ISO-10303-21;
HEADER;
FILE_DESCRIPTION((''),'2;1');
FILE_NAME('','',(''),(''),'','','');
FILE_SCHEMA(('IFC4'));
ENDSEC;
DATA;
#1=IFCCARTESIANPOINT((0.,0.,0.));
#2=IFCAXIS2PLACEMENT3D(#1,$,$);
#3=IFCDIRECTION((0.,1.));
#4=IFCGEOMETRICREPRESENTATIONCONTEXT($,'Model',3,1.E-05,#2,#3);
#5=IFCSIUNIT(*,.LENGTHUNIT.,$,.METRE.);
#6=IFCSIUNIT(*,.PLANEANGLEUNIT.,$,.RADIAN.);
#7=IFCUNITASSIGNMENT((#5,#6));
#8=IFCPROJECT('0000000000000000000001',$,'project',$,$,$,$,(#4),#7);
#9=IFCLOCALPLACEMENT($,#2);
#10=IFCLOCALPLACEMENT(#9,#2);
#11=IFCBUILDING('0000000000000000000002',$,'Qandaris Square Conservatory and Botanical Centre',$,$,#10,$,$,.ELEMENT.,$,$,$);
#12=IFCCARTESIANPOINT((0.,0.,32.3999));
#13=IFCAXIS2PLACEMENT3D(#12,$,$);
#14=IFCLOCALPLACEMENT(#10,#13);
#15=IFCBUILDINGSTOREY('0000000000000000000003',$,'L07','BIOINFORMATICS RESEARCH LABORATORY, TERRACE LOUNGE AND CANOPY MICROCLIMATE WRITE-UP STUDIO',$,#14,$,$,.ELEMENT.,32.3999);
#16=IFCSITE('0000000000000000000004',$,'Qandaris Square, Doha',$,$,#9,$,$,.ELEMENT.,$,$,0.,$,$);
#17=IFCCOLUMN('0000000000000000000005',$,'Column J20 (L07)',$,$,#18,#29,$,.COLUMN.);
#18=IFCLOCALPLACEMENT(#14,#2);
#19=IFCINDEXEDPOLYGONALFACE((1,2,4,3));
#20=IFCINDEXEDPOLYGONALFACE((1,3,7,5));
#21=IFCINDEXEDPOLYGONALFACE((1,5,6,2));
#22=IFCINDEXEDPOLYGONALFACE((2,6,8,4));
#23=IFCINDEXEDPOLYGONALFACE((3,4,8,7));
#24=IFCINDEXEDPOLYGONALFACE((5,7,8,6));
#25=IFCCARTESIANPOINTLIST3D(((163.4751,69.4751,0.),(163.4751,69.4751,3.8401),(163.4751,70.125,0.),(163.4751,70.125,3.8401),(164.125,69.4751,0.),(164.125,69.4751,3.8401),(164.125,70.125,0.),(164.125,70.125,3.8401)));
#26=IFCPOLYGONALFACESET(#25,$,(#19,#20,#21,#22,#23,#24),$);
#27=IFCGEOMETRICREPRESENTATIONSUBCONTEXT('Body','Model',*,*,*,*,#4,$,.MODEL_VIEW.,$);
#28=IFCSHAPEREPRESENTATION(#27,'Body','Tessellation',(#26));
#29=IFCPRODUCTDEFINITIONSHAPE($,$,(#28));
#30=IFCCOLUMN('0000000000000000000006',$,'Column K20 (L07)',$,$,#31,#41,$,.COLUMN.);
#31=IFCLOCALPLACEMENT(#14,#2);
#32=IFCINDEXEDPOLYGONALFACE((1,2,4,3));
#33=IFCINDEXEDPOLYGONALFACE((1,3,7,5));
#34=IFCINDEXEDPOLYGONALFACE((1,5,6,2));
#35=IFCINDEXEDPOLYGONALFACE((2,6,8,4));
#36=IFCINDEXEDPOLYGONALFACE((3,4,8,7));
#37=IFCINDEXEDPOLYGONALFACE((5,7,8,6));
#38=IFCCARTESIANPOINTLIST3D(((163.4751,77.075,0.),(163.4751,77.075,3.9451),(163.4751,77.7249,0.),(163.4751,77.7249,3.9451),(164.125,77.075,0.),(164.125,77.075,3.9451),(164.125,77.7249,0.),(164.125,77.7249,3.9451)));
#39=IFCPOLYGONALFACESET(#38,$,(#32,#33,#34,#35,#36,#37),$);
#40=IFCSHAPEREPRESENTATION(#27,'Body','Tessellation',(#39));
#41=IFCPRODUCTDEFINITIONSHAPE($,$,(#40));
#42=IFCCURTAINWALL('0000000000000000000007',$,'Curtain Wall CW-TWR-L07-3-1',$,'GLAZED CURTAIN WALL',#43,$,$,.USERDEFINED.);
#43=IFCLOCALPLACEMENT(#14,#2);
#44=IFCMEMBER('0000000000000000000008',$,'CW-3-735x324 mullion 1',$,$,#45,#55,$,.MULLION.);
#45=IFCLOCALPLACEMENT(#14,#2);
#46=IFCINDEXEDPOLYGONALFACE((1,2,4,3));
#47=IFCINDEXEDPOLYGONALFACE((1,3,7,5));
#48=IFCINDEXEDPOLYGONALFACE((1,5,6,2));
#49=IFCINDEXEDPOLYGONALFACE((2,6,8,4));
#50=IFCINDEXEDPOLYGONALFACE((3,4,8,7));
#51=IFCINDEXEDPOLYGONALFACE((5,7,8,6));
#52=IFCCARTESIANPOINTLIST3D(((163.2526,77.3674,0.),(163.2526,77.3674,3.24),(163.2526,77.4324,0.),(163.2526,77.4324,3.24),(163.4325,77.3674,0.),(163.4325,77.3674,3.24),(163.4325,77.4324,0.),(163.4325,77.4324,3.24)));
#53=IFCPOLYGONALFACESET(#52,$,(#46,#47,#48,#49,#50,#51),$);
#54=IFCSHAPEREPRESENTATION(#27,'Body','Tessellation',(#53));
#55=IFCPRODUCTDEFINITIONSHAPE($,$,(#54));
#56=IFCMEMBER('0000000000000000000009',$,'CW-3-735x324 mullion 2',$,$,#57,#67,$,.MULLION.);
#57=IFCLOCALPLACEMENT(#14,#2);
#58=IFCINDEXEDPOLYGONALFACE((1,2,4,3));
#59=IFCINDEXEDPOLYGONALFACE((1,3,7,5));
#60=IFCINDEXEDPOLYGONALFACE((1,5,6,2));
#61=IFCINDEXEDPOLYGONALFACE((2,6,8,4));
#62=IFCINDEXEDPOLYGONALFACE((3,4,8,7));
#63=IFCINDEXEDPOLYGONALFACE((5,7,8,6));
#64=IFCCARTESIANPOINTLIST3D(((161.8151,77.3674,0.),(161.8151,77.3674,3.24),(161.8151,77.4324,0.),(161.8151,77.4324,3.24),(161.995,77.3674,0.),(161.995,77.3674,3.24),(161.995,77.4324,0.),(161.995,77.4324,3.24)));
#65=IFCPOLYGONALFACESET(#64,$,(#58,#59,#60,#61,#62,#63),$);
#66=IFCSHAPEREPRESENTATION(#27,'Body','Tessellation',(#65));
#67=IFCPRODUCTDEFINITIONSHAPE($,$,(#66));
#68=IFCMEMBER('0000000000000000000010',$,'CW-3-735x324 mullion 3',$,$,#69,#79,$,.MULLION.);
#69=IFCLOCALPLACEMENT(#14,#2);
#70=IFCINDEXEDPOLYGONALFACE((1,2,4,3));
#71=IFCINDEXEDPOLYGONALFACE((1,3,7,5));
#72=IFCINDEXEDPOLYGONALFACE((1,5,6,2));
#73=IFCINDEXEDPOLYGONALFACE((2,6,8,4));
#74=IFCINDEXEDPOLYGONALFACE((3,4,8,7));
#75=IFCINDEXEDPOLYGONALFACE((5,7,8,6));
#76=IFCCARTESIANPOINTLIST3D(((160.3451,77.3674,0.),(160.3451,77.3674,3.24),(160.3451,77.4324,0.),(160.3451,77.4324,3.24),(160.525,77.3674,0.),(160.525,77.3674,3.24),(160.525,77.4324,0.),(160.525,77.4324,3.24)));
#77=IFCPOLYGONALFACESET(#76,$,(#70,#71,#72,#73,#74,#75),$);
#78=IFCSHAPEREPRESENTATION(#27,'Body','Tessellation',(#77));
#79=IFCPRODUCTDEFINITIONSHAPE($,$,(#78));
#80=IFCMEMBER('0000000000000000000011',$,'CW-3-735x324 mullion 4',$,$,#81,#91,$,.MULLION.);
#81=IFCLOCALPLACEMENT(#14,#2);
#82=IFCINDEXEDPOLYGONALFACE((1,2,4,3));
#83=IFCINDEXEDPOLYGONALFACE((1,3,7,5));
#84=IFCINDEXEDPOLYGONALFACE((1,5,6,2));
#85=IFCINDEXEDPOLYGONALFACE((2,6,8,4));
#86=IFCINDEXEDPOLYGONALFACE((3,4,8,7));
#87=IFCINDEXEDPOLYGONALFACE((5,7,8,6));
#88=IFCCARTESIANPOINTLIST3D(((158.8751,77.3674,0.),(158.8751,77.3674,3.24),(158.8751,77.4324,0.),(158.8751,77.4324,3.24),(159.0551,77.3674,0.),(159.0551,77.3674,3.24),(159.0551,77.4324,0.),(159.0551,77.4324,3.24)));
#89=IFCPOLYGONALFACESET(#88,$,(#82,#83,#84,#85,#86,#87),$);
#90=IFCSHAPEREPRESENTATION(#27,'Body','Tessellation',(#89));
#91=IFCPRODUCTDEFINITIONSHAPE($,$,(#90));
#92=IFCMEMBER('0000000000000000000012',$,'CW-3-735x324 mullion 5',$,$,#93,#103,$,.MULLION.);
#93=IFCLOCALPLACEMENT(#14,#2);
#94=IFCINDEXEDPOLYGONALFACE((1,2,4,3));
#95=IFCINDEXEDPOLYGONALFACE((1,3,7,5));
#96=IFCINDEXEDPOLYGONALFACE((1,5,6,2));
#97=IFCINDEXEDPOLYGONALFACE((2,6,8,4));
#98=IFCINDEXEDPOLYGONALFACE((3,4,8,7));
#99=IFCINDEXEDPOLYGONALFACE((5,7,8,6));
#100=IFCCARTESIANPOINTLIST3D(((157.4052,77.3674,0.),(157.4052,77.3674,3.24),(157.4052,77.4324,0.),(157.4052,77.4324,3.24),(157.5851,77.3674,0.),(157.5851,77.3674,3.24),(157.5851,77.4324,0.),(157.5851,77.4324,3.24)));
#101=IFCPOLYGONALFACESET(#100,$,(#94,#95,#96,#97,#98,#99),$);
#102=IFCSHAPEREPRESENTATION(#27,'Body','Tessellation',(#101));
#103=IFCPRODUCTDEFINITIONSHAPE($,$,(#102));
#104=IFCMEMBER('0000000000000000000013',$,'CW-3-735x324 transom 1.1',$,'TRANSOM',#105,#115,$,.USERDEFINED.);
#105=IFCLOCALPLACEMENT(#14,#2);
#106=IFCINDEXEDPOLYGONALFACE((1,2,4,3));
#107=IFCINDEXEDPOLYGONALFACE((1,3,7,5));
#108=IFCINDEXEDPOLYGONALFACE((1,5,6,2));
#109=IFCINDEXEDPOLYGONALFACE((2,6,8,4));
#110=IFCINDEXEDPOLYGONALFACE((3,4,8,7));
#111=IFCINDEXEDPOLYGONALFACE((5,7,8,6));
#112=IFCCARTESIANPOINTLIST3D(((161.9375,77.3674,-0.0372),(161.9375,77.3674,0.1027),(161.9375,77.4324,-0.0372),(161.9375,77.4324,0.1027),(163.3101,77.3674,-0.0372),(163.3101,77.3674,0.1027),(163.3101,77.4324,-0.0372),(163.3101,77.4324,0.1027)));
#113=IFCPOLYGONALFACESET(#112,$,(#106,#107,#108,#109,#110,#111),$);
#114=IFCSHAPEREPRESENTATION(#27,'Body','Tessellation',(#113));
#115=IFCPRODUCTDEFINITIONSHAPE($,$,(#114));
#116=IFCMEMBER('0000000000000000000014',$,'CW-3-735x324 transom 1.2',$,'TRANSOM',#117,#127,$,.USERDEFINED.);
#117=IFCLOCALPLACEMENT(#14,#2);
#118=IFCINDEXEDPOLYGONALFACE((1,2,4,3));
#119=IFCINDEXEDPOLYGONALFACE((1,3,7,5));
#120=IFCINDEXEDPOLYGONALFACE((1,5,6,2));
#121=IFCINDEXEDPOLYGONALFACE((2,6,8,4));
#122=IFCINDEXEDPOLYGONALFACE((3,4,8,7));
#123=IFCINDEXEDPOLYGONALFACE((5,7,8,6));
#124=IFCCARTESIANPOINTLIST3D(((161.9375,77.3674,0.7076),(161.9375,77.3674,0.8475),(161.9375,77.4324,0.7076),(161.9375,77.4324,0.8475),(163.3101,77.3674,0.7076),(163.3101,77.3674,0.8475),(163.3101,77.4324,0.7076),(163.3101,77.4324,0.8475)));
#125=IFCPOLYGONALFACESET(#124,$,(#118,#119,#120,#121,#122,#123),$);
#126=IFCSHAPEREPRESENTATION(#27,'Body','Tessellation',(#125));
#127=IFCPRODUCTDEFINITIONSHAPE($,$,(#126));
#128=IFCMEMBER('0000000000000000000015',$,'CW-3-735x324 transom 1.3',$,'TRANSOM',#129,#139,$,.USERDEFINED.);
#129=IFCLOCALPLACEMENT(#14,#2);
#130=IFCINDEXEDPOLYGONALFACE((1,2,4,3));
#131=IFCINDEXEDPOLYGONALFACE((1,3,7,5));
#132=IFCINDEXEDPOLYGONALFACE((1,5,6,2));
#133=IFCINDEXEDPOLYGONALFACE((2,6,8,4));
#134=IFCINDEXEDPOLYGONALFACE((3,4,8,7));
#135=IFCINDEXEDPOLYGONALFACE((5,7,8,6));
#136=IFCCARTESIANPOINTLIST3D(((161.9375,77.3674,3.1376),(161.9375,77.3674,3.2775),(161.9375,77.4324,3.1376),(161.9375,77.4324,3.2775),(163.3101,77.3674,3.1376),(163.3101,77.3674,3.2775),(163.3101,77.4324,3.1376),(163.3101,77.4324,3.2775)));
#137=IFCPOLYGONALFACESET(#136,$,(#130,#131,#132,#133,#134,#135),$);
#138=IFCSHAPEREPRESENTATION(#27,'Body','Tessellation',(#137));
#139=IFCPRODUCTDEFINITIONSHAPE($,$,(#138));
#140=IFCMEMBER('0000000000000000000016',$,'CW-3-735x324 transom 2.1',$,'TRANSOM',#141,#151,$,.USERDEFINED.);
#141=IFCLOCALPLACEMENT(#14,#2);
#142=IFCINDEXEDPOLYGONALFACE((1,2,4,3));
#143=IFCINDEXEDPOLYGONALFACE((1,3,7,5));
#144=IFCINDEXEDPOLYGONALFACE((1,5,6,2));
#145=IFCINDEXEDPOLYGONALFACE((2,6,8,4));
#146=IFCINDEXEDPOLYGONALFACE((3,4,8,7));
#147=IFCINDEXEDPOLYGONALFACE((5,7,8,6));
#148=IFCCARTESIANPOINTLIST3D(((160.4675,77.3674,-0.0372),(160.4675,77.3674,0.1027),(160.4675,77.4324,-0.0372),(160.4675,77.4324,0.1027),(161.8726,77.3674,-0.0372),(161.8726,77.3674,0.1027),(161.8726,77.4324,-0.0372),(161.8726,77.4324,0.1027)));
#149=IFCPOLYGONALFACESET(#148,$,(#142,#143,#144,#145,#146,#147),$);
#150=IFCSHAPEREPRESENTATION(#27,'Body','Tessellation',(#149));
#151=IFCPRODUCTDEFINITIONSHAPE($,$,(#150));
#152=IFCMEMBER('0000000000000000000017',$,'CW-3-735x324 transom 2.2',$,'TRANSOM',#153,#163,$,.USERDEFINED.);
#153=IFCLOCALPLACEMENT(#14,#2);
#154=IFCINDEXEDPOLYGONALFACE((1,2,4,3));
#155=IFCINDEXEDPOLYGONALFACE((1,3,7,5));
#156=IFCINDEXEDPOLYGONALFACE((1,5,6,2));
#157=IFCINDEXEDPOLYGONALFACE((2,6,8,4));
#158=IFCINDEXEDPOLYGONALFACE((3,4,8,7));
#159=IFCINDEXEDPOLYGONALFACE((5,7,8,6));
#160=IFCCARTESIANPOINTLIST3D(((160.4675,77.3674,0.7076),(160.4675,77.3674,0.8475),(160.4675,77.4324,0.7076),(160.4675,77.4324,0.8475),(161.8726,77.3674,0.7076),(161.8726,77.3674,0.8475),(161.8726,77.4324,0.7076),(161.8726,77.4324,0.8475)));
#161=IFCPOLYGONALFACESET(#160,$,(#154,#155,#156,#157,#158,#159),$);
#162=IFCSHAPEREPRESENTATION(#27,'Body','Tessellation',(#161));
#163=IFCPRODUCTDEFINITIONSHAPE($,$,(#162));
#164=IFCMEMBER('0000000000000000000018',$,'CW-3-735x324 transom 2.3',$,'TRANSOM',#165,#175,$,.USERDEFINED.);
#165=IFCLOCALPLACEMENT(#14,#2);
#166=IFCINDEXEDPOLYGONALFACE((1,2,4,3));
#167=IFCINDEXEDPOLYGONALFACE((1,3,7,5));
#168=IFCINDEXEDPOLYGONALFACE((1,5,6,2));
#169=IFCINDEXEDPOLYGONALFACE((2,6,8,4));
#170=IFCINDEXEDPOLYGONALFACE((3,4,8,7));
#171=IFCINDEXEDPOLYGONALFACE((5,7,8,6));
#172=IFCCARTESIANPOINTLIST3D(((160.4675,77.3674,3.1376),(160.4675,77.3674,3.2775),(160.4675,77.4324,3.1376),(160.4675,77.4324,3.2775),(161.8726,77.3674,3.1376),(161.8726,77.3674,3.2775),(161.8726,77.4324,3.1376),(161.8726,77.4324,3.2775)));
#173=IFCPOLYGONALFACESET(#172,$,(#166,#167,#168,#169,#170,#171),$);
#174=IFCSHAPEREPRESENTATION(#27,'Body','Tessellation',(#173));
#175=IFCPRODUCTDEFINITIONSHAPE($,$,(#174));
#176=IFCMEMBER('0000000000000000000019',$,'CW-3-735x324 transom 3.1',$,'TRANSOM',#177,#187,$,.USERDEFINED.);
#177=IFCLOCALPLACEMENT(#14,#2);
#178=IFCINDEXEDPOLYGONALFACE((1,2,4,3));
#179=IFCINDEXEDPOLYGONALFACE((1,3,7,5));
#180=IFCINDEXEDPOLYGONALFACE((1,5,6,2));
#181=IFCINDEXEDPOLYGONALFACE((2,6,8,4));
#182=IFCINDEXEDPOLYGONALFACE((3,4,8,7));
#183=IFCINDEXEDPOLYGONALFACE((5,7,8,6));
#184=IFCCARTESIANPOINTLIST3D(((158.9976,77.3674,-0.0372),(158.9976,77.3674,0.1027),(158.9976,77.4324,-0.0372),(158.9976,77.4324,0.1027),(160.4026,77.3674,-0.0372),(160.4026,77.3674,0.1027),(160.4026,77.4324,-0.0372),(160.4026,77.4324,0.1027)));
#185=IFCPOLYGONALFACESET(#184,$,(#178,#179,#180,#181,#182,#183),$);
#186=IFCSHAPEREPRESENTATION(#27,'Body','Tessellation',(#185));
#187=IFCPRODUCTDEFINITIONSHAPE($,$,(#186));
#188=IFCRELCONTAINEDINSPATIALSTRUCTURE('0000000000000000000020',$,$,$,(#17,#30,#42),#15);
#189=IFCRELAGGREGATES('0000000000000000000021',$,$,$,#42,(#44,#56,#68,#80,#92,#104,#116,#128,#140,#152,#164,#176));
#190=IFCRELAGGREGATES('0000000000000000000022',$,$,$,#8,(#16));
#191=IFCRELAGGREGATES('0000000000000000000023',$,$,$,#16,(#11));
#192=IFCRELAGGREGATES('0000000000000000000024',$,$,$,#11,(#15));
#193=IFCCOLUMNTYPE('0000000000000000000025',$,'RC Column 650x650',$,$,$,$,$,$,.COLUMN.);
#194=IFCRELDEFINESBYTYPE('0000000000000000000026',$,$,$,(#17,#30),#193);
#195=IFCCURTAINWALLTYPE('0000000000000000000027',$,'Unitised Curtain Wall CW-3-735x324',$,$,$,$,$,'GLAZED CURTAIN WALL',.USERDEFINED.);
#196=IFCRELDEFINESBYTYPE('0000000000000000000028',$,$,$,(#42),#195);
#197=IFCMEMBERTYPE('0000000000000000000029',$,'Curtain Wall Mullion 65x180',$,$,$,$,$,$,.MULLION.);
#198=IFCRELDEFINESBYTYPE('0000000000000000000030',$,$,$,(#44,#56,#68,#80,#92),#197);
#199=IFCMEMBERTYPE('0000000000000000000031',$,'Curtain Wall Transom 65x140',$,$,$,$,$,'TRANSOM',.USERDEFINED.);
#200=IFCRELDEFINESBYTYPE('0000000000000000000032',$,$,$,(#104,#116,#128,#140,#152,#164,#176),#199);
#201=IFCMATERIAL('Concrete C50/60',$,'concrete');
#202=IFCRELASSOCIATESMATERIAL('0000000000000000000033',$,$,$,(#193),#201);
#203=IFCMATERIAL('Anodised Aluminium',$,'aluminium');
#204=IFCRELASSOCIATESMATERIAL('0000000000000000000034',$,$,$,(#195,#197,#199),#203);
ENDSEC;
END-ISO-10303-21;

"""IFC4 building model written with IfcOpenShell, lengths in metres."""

from ifc_helpers import new_model, si_unit, direction, frame, origin, origin_2d, place, context, subcontext, project, spatial, rectangle, extrude, material, material_profile, profile_set, type_object, element, aggregate, save


model = new_model("IFC4")

# Units and contexts
model_context = context("Model", 3, precision=1e-05, world=origin(), true_north=direction((0.0, 1.0)))
body_context = subcontext(model_context, "Body", "Model", "MODEL_VIEW")
ifc_project = project(units=[si_unit("LENGTHUNIT", "METRE"), si_unit("PLANEANGLEUNIT", "RADIAN")], contexts=[model_context])

# Site, building, storey
site_placement = place(None, origin())
site = spatial("IfcSite", under=ifc_project, at=site_placement, Name="Qandaris Square, Doha", CompositionType="ELEMENT", RefElevation=0.0)
building_placement = place(site_placement, origin())
building = spatial("IfcBuilding", under=site, at=building_placement, Name="Qandaris Square Conservatory and Botanical Centre", CompositionType="ELEMENT")
storey_placement = place(building_placement, frame((0.0, 0.0, 32.3999)))
storey = spatial("IfcBuildingStorey", under=building, at=storey_placement, Name="L07", Description="BIOINFORMATICS RESEARCH LABORATORY, TERRACE LOUNGE AND CANOPY MICROCLIMATE WRITE-UP STUDIO", CompositionType="ELEMENT", Elevation=32.3999)

# Columns
ifc_material_1 = material(Name="Concrete C50/60", Category="concrete")
ifc_material_profile_1 = material_profile(ifc_material_1, rectangle(XDim=0.6499, YDim=0.6499, at=origin_2d()), Name="RC-COL 650x650")
ifc_profile_set_1 = profile_set([ifc_material_profile_1], Name="Concrete C50/60")
column_type = type_object("IfcColumnType", Name="RC Column 650x650", PredefinedType="COLUMN", material=ifc_profile_set_1)
column_1_placement = place(storey_placement, frame((163.8, 69.8, 0.0), z_axis=(0.0, 0.0, 1.0), x_axis=(1.0, 0.0, 0.0)))
element("IfcColumn", 1, at=column_1_placement, inside=storey, type_object=column_type, Name="Column J20 (L07)", PredefinedType="COLUMN", context=body_context, shape_type="SweptSolid", body=[
    extrude(rectangle(XDim=0.6499, YDim=0.6499, at=origin_2d()), origin(), (0.0, 0.0, 1.0), 3.8401),
])
column_2_placement = place(storey_placement, frame((163.8, 77.3999, 0.0), z_axis=(0.0, 0.0, 1.0), x_axis=(1.0, 0.0, 0.0)))
element("IfcColumn", 2, at=column_2_placement, inside=storey, type_object=column_type, Name="Column K20 (L07)", PredefinedType="COLUMN", context=body_context, shape_type="SweptSolid", body=[
    extrude(rectangle(XDim=0.6499, YDim=0.6499, at=origin_2d()), origin(), (0.0, 0.0, 1.0), 3.9451),
])

# Curtain wall, members
ifc_material_2 = material(Name="Anodised Aluminium", Category="aluminium")
curtain_wall_type = type_object("IfcCurtainWallType", Name="Unitised Curtain Wall CW-3-735x324", ElementType="GLAZED CURTAIN WALL", PredefinedType="USERDEFINED", material=ifc_material_2)
curtain_wall_placement = place(storey_placement, origin())
curtain_wall = element("IfcCurtainWall", 3, at=curtain_wall_placement, inside=storey, type_object=curtain_wall_type, Name="Curtain Wall CW-TWR-L07-3-1", ObjectType="GLAZED CURTAIN WALL", PredefinedType="USERDEFINED")
ifc_material_profile_2 = material_profile(ifc_material_2, rectangle(XDim=0.0649, YDim=0.1799, at=origin_2d()), Name="ALU-MUL 65x180")
ifc_profile_set_2 = profile_set([ifc_material_profile_2], Name="Anodised Aluminium")
member_type_1 = type_object("IfcMemberType", Name="Curtain Wall Mullion 65x180", PredefinedType="MULLION", material=ifc_profile_set_2)
member_1_placement = place(storey_placement, frame((163.3425, 77.3999, 0.0), z_axis=(0.0, 0.0, 1.0), x_axis=(0.0, -1.0, 0.0)))
member_1 = element("IfcMember", 4, at=member_1_placement, type_object=member_type_1, Name="CW-3-735x324 mullion 1", PredefinedType="MULLION", context=body_context, shape_type="SweptSolid", body=[
    extrude(rectangle(XDim=0.0649, YDim=0.1799, at=origin_2d()), origin(), (0.0, 0.0, 1.0), 3.24),
])
member_2_placement = place(storey_placement, frame((161.905, 77.3999, 0.0), z_axis=(0.0, 0.0, 1.0), x_axis=(0.0, -1.0, 0.0)))
member_2 = element("IfcMember", 5, at=member_2_placement, type_object=member_type_1, Name="CW-3-735x324 mullion 2", PredefinedType="MULLION", context=body_context, shape_type="SweptSolid", body=[
    extrude(rectangle(XDim=0.0649, YDim=0.1799, at=origin_2d()), origin(), (0.0, 0.0, 1.0), 3.24),
])
member_3_placement = place(storey_placement, frame((160.4351, 77.3999, 0.0), z_axis=(0.0, 0.0, 1.0), x_axis=(0.0, -1.0, 0.0)))
member_3 = element("IfcMember", 6, at=member_3_placement, type_object=member_type_1, Name="CW-3-735x324 mullion 3", PredefinedType="MULLION", context=body_context, shape_type="SweptSolid", body=[
    extrude(rectangle(XDim=0.0649, YDim=0.1799, at=origin_2d()), origin(), (0.0, 0.0, 1.0), 3.24),
])
member_4_placement = place(storey_placement, frame((158.9651, 77.3999, 0.0), z_axis=(0.0, 0.0, 1.0), x_axis=(0.0, -1.0, 0.0)))
member_4 = element("IfcMember", 7, at=member_4_placement, type_object=member_type_1, Name="CW-3-735x324 mullion 4", PredefinedType="MULLION", context=body_context, shape_type="SweptSolid", body=[
    extrude(rectangle(XDim=0.0649, YDim=0.1799, at=origin_2d()), origin(), (0.0, 0.0, 1.0), 3.24),
])
member_5_placement = place(storey_placement, frame((157.4951, 77.3999, 0.0), z_axis=(0.0, 0.0, 1.0), x_axis=(0.0, -1.0, 0.0)))
member_5 = element("IfcMember", 8, at=member_5_placement, type_object=member_type_1, Name="CW-3-735x324 mullion 5", PredefinedType="MULLION", context=body_context, shape_type="SweptSolid", body=[
    extrude(rectangle(XDim=0.0649, YDim=0.1799, at=origin_2d()), origin(), (0.0, 0.0, 1.0), 3.24),
])
ifc_material_profile_3 = material_profile(ifc_material_2, rectangle(XDim=0.0649, YDim=0.1399, at=origin_2d()), Name="ALU-TRN 65x140")
ifc_profile_set_3 = profile_set([ifc_material_profile_3], Name="Anodised Aluminium")
member_type_2 = type_object("IfcMemberType", Name="Curtain Wall Transom 65x140", ElementType="TRANSOM", PredefinedType="USERDEFINED", material=ifc_profile_set_3)
member_6_placement = place(storey_placement, frame((163.3101, 77.3999, 0.0327), z_axis=(-1.0, 0.0, 0.0), x_axis=(0.0, -1.0, 0.0)))
member_6 = element("IfcMember", 9, at=member_6_placement, type_object=member_type_2, Name="CW-3-735x324 transom 1.1", ObjectType="TRANSOM", PredefinedType="USERDEFINED", context=body_context, shape_type="SweptSolid", body=[
    extrude(rectangle(XDim=0.0649, YDim=0.1399, at=origin_2d()), origin(), (0.0, 0.0, 1.0), 1.3726),
])
member_7_placement = place(storey_placement, frame((163.3101, 77.3999, 0.7776), z_axis=(-1.0, 0.0, 0.0), x_axis=(0.0, -1.0, 0.0)))
member_7 = element("IfcMember", 10, at=member_7_placement, type_object=member_type_2, Name="CW-3-735x324 transom 1.2", ObjectType="TRANSOM", PredefinedType="USERDEFINED", context=body_context, shape_type="SweptSolid", body=[
    extrude(rectangle(XDim=0.0649, YDim=0.1399, at=origin_2d()), origin(), (0.0, 0.0, 1.0), 1.3726),
])
member_8_placement = place(storey_placement, frame((163.3101, 77.3999, 3.2075), z_axis=(-1.0, 0.0, 0.0), x_axis=(0.0, -1.0, 0.0)))
member_8 = element("IfcMember", 11, at=member_8_placement, type_object=member_type_2, Name="CW-3-735x324 transom 1.3", ObjectType="TRANSOM", PredefinedType="USERDEFINED", context=body_context, shape_type="SweptSolid", body=[
    extrude(rectangle(XDim=0.0649, YDim=0.1399, at=origin_2d()), origin(), (0.0, 0.0, 1.0), 1.3726),
])
member_9_placement = place(storey_placement, frame((161.8726, 77.3999, 0.0327), z_axis=(-1.0, 0.0, 0.0), x_axis=(0.0, -1.0, 0.0)))
member_9 = element("IfcMember", 12, at=member_9_placement, type_object=member_type_2, Name="CW-3-735x324 transom 2.1", ObjectType="TRANSOM", PredefinedType="USERDEFINED", context=body_context, shape_type="SweptSolid", body=[
    extrude(rectangle(XDim=0.0649, YDim=0.1399, at=origin_2d()), origin(), (0.0, 0.0, 1.0), 1.405),
])
member_10_placement = place(storey_placement, frame((161.8726, 77.3999, 0.7776), z_axis=(-1.0, 0.0, 0.0), x_axis=(0.0, -1.0, 0.0)))
member_10 = element("IfcMember", 13, at=member_10_placement, type_object=member_type_2, Name="CW-3-735x324 transom 2.2", ObjectType="TRANSOM", PredefinedType="USERDEFINED", context=body_context, shape_type="SweptSolid", body=[
    extrude(rectangle(XDim=0.0649, YDim=0.1399, at=origin_2d()), origin(), (0.0, 0.0, 1.0), 1.405),
])
member_11_placement = place(storey_placement, frame((161.8726, 77.3999, 3.2075), z_axis=(-1.0, 0.0, 0.0), x_axis=(0.0, -1.0, 0.0)))
member_11 = element("IfcMember", 14, at=member_11_placement, type_object=member_type_2, Name="CW-3-735x324 transom 2.3", ObjectType="TRANSOM", PredefinedType="USERDEFINED", context=body_context, shape_type="SweptSolid", body=[
    extrude(rectangle(XDim=0.0649, YDim=0.1399, at=origin_2d()), origin(), (0.0, 0.0, 1.0), 1.405),
])
member_12_placement = place(storey_placement, frame((160.4026, 77.3999, 0.0327), z_axis=(-1.0, 0.0, 0.0), x_axis=(0.0, -1.0, 0.0)))
member_12 = element("IfcMember", 15, at=member_12_placement, type_object=member_type_2, Name="CW-3-735x324 transom 3.1", ObjectType="TRANSOM", PredefinedType="USERDEFINED", context=body_context, shape_type="SweptSolid", body=[
    extrude(rectangle(XDim=0.0649, YDim=0.1399, at=origin_2d()), origin(), (0.0, 0.0, 1.0), 1.405),
])

aggregate(curtain_wall, [member_1, member_2, member_3, member_4, member_5, member_6, member_7, member_8, member_9, member_10, member_11, member_12])

save(model, "model.ifc")
